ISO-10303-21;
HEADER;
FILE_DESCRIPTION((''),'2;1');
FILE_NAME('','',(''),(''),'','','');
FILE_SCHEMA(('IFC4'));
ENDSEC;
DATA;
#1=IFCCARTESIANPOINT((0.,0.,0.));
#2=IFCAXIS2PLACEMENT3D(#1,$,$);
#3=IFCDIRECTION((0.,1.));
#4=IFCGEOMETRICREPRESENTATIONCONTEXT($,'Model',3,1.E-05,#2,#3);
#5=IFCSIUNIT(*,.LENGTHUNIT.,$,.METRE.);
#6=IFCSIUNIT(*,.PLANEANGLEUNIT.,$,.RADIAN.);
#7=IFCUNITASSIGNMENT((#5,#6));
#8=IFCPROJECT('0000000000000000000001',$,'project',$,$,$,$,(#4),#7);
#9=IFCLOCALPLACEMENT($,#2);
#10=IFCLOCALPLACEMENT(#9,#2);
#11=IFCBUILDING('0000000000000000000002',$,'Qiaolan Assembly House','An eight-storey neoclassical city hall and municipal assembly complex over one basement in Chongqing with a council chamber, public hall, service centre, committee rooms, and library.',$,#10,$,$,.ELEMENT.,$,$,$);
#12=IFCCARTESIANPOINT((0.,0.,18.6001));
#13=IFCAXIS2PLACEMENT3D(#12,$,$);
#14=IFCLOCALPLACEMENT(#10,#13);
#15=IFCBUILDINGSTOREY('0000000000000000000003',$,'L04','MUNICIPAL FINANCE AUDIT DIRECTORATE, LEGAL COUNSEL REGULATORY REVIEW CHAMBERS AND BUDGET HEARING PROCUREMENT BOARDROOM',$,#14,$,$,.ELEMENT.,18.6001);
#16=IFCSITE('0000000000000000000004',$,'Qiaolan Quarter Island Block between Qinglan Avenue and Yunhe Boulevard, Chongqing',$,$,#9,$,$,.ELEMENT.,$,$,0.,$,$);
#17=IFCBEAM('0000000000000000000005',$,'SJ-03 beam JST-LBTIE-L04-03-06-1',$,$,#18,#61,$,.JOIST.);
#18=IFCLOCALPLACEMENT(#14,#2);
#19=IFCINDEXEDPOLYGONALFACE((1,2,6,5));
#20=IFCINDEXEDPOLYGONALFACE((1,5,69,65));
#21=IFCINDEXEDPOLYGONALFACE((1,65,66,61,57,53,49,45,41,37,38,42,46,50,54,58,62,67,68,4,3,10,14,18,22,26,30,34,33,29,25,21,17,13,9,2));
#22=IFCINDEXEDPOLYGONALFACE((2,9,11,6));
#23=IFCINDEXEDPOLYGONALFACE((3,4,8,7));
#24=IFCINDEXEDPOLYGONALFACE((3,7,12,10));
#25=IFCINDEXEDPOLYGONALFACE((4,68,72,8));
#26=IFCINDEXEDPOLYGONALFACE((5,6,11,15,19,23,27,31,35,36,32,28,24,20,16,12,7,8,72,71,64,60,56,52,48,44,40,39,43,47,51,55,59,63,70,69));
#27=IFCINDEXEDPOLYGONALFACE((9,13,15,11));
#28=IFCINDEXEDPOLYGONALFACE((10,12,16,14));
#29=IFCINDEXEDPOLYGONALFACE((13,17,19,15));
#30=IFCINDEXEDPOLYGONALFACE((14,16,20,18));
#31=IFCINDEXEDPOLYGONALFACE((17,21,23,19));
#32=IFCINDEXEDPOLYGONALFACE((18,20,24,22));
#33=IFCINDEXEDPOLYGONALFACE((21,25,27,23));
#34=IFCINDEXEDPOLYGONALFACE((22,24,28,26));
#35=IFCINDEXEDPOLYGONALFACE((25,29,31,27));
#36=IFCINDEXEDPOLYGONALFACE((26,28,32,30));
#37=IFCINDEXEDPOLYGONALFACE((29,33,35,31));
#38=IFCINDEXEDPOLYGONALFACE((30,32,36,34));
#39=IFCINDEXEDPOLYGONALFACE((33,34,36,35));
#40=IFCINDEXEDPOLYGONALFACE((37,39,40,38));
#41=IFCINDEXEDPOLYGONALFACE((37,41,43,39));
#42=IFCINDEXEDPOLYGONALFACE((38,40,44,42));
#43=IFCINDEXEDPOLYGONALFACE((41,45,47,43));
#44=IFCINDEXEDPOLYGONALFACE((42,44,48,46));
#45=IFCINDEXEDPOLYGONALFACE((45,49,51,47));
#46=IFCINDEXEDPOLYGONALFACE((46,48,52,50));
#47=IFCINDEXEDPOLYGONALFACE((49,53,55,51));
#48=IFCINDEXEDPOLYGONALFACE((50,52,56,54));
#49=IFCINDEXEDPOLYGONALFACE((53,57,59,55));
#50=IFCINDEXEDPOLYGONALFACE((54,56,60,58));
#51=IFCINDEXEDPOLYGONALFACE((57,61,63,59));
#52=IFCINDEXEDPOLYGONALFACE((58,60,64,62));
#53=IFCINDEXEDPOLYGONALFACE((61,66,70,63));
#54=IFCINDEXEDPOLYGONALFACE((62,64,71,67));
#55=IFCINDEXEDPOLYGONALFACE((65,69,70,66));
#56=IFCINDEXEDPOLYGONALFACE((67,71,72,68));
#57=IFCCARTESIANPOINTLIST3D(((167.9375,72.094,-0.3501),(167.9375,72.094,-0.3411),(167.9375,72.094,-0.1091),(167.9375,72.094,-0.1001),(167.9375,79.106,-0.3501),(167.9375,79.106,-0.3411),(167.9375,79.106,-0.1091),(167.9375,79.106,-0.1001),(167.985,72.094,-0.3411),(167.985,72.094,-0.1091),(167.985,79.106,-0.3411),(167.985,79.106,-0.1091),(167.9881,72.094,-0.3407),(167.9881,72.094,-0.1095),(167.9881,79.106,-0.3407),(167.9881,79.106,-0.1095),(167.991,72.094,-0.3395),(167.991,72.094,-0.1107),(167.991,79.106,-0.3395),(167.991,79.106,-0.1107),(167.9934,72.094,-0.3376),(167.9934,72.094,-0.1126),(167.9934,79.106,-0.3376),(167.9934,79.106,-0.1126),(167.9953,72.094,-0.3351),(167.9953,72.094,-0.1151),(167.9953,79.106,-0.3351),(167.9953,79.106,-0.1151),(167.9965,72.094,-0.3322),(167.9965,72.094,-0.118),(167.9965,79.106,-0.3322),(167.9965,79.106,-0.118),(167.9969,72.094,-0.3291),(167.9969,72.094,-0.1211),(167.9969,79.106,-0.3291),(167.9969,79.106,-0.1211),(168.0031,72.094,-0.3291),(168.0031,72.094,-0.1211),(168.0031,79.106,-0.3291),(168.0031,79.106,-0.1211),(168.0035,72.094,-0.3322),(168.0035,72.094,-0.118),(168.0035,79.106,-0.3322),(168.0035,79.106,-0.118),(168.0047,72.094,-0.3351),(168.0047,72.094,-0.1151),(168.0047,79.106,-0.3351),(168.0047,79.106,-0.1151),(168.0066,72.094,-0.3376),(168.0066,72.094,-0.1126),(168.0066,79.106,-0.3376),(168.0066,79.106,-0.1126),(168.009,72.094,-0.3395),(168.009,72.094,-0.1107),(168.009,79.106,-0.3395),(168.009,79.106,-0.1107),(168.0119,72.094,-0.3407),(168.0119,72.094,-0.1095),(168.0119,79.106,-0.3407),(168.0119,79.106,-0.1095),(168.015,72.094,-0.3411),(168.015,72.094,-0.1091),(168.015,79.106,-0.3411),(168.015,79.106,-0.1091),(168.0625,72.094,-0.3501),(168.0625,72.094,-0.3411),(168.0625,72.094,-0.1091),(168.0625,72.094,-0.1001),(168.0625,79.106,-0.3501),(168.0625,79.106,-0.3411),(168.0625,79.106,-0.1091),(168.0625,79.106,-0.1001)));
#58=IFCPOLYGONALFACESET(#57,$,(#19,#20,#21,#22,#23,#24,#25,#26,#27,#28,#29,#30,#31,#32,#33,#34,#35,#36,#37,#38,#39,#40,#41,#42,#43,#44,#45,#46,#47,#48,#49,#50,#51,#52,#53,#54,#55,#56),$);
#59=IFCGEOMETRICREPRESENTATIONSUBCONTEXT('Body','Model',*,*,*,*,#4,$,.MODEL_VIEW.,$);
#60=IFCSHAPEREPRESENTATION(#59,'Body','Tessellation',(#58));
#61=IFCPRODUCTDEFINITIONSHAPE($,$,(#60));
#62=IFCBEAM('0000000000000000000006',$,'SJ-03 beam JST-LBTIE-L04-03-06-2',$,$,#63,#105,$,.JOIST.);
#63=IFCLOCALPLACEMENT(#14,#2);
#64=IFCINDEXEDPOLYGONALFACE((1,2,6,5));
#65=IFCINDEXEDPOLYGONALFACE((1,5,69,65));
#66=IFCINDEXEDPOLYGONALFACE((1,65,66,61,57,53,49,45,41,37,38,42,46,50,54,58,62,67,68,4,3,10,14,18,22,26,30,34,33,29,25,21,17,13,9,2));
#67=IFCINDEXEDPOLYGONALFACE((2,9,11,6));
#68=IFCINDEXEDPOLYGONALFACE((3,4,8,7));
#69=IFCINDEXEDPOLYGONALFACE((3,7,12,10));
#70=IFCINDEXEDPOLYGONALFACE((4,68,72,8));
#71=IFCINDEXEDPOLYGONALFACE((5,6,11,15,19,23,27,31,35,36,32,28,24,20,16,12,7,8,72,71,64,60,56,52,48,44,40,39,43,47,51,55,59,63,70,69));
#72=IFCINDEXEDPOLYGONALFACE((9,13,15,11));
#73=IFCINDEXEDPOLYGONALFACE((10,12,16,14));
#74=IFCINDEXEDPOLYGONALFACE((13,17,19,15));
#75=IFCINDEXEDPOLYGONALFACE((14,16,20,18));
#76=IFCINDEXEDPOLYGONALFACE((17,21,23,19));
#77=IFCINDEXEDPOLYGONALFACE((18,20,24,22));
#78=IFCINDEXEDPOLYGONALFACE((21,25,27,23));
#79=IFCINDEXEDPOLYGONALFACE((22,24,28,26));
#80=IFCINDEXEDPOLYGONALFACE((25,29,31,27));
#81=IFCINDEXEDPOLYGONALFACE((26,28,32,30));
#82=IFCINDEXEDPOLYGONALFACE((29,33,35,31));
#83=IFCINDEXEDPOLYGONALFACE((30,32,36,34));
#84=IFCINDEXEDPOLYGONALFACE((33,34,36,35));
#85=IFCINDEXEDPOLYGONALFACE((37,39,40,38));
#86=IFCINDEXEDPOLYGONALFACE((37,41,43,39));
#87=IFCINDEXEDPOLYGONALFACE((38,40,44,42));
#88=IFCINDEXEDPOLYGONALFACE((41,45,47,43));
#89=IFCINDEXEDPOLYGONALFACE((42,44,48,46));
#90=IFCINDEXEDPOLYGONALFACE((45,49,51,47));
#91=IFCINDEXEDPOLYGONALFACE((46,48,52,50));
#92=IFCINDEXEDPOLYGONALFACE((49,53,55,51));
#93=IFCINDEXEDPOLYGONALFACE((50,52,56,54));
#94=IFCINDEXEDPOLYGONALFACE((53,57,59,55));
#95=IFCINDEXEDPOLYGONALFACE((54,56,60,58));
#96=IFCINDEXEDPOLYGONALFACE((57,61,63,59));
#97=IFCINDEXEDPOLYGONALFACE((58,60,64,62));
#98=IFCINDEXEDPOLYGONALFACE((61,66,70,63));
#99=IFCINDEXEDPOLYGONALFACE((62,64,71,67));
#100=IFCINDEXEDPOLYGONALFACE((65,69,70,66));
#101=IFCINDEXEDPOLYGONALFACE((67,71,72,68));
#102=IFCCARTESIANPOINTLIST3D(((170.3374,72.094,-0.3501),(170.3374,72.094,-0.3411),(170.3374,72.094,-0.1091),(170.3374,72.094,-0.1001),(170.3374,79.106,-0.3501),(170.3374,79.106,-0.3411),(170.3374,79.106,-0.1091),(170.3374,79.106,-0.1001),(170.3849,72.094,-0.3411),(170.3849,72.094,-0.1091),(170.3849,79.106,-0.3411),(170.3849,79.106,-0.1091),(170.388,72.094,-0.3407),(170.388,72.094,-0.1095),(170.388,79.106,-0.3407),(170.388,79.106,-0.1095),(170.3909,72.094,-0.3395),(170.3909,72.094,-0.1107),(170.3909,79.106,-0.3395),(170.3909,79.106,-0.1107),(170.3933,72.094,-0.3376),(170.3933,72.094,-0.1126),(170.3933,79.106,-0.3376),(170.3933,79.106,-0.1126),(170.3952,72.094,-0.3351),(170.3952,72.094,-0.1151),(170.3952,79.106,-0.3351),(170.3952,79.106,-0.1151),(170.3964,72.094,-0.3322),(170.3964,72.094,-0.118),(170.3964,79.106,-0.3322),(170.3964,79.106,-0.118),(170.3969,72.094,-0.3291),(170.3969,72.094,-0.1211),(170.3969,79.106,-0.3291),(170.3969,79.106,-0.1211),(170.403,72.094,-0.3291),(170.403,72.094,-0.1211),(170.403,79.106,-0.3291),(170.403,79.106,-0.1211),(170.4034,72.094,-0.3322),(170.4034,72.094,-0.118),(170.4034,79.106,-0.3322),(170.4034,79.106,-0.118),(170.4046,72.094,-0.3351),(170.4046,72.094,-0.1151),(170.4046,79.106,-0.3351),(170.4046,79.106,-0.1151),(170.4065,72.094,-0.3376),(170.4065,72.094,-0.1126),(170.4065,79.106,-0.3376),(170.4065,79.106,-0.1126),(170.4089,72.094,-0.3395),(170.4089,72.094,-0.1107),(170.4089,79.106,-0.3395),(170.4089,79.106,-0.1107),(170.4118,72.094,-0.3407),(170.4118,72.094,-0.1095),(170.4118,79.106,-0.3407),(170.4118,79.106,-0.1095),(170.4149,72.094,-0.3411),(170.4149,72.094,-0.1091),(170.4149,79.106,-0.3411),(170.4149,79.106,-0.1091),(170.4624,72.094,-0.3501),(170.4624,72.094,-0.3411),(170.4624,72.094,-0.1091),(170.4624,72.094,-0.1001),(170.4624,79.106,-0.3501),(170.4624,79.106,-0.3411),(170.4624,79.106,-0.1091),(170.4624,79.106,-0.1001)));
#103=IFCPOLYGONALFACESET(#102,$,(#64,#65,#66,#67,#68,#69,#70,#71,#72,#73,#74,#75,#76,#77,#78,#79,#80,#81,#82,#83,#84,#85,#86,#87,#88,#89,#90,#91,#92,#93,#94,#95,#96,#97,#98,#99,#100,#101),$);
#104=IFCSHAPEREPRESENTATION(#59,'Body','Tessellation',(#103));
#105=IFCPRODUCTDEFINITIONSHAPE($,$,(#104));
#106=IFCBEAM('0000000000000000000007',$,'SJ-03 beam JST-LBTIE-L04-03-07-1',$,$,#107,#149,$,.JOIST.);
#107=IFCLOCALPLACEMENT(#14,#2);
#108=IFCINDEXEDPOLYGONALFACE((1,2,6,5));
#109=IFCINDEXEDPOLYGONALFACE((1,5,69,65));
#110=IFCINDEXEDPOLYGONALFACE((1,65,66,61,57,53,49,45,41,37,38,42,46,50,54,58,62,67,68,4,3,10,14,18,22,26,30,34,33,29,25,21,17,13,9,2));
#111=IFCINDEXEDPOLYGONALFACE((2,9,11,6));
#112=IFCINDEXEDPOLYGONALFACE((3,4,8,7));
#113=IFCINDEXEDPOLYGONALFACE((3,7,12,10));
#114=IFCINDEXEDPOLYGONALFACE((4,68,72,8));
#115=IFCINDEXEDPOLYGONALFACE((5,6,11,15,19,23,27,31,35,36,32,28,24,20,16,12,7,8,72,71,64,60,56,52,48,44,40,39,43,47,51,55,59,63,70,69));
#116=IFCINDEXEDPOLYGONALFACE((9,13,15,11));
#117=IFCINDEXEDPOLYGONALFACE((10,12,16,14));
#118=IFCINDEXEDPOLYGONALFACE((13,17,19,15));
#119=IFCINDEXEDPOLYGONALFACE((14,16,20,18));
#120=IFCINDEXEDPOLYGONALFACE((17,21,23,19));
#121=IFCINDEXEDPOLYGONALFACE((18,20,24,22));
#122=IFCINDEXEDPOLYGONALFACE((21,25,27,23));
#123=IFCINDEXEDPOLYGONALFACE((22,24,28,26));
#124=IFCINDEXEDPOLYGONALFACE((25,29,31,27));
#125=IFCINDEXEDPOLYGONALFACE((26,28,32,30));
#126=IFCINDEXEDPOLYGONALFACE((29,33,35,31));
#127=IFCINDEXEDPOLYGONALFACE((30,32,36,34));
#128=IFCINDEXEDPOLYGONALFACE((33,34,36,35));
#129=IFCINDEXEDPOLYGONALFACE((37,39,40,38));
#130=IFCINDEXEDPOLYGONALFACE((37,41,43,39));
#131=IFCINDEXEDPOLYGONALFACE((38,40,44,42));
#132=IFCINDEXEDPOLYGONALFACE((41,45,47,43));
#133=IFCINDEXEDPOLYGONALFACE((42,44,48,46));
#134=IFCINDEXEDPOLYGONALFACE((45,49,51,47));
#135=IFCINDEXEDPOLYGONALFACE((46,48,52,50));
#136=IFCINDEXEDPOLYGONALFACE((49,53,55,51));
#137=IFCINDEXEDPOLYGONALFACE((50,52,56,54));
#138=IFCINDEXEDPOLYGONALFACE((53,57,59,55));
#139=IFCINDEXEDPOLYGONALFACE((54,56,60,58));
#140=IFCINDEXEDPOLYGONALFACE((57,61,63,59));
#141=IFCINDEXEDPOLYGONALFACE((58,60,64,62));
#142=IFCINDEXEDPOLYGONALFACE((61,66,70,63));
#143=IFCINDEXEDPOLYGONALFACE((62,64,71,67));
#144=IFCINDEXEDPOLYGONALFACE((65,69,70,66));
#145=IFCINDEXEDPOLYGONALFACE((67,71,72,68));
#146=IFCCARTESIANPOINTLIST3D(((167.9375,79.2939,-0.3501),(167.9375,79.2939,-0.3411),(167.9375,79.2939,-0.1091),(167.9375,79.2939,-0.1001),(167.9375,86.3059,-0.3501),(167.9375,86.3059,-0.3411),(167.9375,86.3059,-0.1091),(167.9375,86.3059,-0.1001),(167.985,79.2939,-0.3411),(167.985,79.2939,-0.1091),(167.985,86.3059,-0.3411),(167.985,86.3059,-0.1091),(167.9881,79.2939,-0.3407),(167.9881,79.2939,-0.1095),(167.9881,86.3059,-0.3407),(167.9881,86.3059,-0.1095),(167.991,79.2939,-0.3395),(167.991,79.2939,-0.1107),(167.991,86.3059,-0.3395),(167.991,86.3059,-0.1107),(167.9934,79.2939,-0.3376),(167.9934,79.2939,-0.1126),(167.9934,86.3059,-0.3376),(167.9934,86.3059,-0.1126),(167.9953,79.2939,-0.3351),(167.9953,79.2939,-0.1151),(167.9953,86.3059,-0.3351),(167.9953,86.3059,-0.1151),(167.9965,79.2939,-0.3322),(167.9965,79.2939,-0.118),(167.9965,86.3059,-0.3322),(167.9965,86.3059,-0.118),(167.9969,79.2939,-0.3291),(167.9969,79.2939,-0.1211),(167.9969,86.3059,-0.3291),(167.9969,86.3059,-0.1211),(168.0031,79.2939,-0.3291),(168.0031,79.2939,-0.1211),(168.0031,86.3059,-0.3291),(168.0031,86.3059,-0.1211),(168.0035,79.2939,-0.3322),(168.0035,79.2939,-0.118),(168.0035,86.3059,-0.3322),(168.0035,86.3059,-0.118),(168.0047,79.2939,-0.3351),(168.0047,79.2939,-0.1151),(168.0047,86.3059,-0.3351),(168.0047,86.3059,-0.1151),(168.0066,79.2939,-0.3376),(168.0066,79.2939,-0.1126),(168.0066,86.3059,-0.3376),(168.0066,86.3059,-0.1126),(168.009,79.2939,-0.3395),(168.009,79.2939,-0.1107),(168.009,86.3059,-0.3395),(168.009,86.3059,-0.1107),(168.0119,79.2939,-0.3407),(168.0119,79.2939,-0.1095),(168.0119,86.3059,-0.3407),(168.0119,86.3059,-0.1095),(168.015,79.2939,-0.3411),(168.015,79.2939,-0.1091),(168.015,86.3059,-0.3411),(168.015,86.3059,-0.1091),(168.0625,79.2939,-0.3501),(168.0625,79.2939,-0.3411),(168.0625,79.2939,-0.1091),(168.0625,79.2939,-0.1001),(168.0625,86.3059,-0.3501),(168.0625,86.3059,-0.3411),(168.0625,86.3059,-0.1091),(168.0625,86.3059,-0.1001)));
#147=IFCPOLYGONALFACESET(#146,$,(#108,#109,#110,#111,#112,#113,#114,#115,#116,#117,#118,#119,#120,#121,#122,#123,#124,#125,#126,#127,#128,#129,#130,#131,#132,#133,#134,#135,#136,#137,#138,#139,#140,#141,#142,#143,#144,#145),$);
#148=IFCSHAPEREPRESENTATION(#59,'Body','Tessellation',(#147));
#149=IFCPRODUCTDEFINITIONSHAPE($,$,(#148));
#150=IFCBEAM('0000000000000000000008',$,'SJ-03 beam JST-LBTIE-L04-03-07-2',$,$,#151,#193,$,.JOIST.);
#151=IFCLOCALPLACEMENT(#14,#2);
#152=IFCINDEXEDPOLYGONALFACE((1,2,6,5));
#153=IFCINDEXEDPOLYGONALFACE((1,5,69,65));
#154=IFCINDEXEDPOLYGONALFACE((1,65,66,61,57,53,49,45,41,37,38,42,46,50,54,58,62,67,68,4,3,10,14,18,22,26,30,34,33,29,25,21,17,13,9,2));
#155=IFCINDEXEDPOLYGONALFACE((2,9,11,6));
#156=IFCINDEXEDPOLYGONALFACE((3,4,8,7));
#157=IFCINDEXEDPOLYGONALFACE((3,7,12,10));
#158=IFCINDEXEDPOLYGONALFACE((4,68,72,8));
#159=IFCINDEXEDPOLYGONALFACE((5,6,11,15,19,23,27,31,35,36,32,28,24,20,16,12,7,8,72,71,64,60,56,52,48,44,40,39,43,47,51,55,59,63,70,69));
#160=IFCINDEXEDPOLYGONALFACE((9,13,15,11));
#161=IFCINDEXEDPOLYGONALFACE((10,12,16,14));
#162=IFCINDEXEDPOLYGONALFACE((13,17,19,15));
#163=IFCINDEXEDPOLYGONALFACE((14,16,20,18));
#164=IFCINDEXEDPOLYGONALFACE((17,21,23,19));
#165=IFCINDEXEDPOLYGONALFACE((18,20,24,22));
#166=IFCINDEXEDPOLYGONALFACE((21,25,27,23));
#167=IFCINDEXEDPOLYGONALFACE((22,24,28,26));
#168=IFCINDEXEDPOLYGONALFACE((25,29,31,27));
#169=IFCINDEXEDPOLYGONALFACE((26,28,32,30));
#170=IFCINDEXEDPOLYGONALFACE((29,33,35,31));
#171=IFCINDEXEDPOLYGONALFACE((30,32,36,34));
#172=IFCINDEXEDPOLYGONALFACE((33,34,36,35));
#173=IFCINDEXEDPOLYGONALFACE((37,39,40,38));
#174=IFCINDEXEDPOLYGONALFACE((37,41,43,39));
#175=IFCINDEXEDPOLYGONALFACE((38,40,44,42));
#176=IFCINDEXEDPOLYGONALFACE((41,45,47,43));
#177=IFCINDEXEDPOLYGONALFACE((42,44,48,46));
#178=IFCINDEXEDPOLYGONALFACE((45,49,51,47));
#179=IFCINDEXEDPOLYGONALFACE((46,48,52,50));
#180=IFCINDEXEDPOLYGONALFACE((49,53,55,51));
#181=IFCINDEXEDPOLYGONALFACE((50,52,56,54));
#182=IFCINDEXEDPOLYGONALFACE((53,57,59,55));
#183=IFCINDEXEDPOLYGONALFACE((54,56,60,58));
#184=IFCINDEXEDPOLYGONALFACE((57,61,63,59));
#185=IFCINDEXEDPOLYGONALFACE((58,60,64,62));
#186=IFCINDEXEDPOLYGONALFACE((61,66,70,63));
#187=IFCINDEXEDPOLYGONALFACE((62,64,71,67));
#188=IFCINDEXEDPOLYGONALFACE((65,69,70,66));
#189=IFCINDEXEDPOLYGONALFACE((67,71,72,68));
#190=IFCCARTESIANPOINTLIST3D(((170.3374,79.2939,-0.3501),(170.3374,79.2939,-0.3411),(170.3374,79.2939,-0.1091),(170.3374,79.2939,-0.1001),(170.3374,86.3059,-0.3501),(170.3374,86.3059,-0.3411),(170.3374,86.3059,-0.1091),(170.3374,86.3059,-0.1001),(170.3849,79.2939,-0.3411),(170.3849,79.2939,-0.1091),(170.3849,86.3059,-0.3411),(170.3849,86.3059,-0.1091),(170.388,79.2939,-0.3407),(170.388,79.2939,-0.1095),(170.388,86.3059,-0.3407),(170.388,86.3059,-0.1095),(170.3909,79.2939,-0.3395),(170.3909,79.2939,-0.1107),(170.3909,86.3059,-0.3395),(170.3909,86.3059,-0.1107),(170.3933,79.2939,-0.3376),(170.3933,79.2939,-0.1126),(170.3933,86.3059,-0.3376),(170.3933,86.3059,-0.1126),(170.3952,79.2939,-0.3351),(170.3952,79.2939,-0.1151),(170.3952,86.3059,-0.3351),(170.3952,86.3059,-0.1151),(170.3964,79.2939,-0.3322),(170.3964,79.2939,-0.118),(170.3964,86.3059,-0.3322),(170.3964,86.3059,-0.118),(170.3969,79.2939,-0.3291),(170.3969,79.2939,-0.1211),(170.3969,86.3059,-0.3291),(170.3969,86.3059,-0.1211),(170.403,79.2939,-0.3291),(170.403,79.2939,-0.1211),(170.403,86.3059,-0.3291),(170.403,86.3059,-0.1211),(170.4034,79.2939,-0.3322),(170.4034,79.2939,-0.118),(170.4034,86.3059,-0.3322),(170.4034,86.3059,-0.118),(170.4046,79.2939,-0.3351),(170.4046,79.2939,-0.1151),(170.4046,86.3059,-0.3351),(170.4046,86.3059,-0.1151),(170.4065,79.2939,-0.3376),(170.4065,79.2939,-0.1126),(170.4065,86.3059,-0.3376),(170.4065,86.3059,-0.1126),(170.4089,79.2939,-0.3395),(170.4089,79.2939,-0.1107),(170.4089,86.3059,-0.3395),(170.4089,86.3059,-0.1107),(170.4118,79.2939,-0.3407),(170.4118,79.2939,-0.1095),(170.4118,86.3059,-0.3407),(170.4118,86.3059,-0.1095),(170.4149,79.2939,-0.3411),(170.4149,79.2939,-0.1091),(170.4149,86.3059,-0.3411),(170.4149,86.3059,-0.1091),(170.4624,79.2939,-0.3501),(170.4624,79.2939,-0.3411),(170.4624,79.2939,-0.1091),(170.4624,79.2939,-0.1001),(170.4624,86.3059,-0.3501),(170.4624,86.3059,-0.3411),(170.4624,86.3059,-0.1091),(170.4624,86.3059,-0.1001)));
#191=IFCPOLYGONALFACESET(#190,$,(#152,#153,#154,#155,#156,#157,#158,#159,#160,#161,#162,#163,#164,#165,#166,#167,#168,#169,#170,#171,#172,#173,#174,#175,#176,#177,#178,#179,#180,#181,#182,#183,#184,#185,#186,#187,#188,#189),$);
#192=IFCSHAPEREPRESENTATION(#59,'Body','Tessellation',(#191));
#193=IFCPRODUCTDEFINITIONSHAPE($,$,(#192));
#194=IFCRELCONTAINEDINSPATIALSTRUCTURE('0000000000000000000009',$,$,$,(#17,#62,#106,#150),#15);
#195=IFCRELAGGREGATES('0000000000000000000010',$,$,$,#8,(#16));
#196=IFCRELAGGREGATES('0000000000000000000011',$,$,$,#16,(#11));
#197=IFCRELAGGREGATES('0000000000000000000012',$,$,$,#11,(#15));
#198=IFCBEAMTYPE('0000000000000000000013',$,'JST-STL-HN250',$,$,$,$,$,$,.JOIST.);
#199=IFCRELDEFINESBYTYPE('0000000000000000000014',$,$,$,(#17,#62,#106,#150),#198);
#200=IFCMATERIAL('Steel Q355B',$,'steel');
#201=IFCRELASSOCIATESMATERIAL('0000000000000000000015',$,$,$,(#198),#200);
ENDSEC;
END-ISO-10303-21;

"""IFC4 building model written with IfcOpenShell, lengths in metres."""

from ifc_helpers import new_model, si_unit, direction, frame, origin, origin_2d, place, context, subcontext, project, spatial, i_section, extrude, material, material_profile, profile_set, type_object, element, save


model = new_model("IFC4")

# Units and contexts
model_context = context("Model", 3, precision=1e-05, world=origin(), true_north=direction((0.0, 1.0)))
body_context = subcontext(model_context, "Body", "Model", "MODEL_VIEW")
ifc_project = project(units=[si_unit("LENGTHUNIT", "METRE"), si_unit("PLANEANGLEUNIT", "RADIAN")], contexts=[model_context])

# Site, building, storey
site_placement = place(None, origin())
site = spatial("IfcSite", under=ifc_project, at=site_placement, Name="Qiaolan Quarter Island Block between Qinglan Avenue and Yunhe Boulevard, Chongqing", CompositionType="ELEMENT", RefElevation=0.0)
building_placement = place(site_placement, origin())
building = spatial("IfcBuilding", under=site, at=building_placement, Name="Qiaolan Assembly House", Description="An eight-storey neoclassical city hall and municipal assembly complex over one basement in Chongqing with a council chamber, public hall, service centre, committee rooms, and library.", CompositionType="ELEMENT")
storey_placement = place(building_placement, frame((0.0, 0.0, 18.6001)))
storey = spatial("IfcBuildingStorey", under=building, at=storey_placement, Name="L04", Description="MUNICIPAL FINANCE AUDIT DIRECTORATE, LEGAL COUNSEL REGULATORY REVIEW CHAMBERS AND BUDGET HEARING PROCUREMENT BOARDROOM", CompositionType="ELEMENT", Elevation=18.6001)

# Beams
ifc_material_1 = material(Name="Steel Q355B", Category="steel")
ifc_material_profile_1 = material_profile(ifc_material_1, i_section(OverallWidth=0.125, OverallDepth=0.25, WebThickness=0.0061, FlangeThickness=0.009, FilletRadius=0.012, at=origin_2d()), Name="HN 250x125x6x9")
ifc_profile_set_1 = profile_set([ifc_material_profile_1], Name="Steel Q355B")
beam_type_1 = type_object("IfcBeamType", Name="JST-STL-HN250", PredefinedType="JOIST", material=ifc_profile_set_1)
for number, where, z_axis, x_axis, name in (
    (1, (168.0, 72.094, -0.2251), (0.0, 1.0, 0.0), (-1.0, 0.0, 0.0), "SJ-03 beam JST-LBTIE-L04-03-06-1"),
    (2, (170.3999, 72.094, -0.2251), (0.0, 1.0, 0.0), (-1.0, 0.0, 0.0), "SJ-03 beam JST-LBTIE-L04-03-06-2"),
    (3, (168.0, 79.2939, -0.2251), (0.0, 1.0, 0.0), (-1.0, 0.0, 0.0), "SJ-03 beam JST-LBTIE-L04-03-07-1"),
    (4, (170.3999, 79.2939, -0.2251), (0.0, 1.0, 0.0), (-1.0, 0.0, 0.0), "SJ-03 beam JST-LBTIE-L04-03-07-2"),
):
    element("IfcBeam", number, at=place(storey_placement, frame(where, z_axis=z_axis, x_axis=x_axis)), inside=storey, type_object=beam_type_1, Name=name, PredefinedType="JOIST", context=body_context, shape_type="SweptSolid", body=[
        extrude(i_section(OverallWidth=0.125, OverallDepth=0.25, WebThickness=0.0061, FlangeThickness=0.009, FilletRadius=0.012, at=origin_2d()), origin(), (0.0, 0.0, 1.0), 7.012),
    ])

save(model, "model.ifc")
